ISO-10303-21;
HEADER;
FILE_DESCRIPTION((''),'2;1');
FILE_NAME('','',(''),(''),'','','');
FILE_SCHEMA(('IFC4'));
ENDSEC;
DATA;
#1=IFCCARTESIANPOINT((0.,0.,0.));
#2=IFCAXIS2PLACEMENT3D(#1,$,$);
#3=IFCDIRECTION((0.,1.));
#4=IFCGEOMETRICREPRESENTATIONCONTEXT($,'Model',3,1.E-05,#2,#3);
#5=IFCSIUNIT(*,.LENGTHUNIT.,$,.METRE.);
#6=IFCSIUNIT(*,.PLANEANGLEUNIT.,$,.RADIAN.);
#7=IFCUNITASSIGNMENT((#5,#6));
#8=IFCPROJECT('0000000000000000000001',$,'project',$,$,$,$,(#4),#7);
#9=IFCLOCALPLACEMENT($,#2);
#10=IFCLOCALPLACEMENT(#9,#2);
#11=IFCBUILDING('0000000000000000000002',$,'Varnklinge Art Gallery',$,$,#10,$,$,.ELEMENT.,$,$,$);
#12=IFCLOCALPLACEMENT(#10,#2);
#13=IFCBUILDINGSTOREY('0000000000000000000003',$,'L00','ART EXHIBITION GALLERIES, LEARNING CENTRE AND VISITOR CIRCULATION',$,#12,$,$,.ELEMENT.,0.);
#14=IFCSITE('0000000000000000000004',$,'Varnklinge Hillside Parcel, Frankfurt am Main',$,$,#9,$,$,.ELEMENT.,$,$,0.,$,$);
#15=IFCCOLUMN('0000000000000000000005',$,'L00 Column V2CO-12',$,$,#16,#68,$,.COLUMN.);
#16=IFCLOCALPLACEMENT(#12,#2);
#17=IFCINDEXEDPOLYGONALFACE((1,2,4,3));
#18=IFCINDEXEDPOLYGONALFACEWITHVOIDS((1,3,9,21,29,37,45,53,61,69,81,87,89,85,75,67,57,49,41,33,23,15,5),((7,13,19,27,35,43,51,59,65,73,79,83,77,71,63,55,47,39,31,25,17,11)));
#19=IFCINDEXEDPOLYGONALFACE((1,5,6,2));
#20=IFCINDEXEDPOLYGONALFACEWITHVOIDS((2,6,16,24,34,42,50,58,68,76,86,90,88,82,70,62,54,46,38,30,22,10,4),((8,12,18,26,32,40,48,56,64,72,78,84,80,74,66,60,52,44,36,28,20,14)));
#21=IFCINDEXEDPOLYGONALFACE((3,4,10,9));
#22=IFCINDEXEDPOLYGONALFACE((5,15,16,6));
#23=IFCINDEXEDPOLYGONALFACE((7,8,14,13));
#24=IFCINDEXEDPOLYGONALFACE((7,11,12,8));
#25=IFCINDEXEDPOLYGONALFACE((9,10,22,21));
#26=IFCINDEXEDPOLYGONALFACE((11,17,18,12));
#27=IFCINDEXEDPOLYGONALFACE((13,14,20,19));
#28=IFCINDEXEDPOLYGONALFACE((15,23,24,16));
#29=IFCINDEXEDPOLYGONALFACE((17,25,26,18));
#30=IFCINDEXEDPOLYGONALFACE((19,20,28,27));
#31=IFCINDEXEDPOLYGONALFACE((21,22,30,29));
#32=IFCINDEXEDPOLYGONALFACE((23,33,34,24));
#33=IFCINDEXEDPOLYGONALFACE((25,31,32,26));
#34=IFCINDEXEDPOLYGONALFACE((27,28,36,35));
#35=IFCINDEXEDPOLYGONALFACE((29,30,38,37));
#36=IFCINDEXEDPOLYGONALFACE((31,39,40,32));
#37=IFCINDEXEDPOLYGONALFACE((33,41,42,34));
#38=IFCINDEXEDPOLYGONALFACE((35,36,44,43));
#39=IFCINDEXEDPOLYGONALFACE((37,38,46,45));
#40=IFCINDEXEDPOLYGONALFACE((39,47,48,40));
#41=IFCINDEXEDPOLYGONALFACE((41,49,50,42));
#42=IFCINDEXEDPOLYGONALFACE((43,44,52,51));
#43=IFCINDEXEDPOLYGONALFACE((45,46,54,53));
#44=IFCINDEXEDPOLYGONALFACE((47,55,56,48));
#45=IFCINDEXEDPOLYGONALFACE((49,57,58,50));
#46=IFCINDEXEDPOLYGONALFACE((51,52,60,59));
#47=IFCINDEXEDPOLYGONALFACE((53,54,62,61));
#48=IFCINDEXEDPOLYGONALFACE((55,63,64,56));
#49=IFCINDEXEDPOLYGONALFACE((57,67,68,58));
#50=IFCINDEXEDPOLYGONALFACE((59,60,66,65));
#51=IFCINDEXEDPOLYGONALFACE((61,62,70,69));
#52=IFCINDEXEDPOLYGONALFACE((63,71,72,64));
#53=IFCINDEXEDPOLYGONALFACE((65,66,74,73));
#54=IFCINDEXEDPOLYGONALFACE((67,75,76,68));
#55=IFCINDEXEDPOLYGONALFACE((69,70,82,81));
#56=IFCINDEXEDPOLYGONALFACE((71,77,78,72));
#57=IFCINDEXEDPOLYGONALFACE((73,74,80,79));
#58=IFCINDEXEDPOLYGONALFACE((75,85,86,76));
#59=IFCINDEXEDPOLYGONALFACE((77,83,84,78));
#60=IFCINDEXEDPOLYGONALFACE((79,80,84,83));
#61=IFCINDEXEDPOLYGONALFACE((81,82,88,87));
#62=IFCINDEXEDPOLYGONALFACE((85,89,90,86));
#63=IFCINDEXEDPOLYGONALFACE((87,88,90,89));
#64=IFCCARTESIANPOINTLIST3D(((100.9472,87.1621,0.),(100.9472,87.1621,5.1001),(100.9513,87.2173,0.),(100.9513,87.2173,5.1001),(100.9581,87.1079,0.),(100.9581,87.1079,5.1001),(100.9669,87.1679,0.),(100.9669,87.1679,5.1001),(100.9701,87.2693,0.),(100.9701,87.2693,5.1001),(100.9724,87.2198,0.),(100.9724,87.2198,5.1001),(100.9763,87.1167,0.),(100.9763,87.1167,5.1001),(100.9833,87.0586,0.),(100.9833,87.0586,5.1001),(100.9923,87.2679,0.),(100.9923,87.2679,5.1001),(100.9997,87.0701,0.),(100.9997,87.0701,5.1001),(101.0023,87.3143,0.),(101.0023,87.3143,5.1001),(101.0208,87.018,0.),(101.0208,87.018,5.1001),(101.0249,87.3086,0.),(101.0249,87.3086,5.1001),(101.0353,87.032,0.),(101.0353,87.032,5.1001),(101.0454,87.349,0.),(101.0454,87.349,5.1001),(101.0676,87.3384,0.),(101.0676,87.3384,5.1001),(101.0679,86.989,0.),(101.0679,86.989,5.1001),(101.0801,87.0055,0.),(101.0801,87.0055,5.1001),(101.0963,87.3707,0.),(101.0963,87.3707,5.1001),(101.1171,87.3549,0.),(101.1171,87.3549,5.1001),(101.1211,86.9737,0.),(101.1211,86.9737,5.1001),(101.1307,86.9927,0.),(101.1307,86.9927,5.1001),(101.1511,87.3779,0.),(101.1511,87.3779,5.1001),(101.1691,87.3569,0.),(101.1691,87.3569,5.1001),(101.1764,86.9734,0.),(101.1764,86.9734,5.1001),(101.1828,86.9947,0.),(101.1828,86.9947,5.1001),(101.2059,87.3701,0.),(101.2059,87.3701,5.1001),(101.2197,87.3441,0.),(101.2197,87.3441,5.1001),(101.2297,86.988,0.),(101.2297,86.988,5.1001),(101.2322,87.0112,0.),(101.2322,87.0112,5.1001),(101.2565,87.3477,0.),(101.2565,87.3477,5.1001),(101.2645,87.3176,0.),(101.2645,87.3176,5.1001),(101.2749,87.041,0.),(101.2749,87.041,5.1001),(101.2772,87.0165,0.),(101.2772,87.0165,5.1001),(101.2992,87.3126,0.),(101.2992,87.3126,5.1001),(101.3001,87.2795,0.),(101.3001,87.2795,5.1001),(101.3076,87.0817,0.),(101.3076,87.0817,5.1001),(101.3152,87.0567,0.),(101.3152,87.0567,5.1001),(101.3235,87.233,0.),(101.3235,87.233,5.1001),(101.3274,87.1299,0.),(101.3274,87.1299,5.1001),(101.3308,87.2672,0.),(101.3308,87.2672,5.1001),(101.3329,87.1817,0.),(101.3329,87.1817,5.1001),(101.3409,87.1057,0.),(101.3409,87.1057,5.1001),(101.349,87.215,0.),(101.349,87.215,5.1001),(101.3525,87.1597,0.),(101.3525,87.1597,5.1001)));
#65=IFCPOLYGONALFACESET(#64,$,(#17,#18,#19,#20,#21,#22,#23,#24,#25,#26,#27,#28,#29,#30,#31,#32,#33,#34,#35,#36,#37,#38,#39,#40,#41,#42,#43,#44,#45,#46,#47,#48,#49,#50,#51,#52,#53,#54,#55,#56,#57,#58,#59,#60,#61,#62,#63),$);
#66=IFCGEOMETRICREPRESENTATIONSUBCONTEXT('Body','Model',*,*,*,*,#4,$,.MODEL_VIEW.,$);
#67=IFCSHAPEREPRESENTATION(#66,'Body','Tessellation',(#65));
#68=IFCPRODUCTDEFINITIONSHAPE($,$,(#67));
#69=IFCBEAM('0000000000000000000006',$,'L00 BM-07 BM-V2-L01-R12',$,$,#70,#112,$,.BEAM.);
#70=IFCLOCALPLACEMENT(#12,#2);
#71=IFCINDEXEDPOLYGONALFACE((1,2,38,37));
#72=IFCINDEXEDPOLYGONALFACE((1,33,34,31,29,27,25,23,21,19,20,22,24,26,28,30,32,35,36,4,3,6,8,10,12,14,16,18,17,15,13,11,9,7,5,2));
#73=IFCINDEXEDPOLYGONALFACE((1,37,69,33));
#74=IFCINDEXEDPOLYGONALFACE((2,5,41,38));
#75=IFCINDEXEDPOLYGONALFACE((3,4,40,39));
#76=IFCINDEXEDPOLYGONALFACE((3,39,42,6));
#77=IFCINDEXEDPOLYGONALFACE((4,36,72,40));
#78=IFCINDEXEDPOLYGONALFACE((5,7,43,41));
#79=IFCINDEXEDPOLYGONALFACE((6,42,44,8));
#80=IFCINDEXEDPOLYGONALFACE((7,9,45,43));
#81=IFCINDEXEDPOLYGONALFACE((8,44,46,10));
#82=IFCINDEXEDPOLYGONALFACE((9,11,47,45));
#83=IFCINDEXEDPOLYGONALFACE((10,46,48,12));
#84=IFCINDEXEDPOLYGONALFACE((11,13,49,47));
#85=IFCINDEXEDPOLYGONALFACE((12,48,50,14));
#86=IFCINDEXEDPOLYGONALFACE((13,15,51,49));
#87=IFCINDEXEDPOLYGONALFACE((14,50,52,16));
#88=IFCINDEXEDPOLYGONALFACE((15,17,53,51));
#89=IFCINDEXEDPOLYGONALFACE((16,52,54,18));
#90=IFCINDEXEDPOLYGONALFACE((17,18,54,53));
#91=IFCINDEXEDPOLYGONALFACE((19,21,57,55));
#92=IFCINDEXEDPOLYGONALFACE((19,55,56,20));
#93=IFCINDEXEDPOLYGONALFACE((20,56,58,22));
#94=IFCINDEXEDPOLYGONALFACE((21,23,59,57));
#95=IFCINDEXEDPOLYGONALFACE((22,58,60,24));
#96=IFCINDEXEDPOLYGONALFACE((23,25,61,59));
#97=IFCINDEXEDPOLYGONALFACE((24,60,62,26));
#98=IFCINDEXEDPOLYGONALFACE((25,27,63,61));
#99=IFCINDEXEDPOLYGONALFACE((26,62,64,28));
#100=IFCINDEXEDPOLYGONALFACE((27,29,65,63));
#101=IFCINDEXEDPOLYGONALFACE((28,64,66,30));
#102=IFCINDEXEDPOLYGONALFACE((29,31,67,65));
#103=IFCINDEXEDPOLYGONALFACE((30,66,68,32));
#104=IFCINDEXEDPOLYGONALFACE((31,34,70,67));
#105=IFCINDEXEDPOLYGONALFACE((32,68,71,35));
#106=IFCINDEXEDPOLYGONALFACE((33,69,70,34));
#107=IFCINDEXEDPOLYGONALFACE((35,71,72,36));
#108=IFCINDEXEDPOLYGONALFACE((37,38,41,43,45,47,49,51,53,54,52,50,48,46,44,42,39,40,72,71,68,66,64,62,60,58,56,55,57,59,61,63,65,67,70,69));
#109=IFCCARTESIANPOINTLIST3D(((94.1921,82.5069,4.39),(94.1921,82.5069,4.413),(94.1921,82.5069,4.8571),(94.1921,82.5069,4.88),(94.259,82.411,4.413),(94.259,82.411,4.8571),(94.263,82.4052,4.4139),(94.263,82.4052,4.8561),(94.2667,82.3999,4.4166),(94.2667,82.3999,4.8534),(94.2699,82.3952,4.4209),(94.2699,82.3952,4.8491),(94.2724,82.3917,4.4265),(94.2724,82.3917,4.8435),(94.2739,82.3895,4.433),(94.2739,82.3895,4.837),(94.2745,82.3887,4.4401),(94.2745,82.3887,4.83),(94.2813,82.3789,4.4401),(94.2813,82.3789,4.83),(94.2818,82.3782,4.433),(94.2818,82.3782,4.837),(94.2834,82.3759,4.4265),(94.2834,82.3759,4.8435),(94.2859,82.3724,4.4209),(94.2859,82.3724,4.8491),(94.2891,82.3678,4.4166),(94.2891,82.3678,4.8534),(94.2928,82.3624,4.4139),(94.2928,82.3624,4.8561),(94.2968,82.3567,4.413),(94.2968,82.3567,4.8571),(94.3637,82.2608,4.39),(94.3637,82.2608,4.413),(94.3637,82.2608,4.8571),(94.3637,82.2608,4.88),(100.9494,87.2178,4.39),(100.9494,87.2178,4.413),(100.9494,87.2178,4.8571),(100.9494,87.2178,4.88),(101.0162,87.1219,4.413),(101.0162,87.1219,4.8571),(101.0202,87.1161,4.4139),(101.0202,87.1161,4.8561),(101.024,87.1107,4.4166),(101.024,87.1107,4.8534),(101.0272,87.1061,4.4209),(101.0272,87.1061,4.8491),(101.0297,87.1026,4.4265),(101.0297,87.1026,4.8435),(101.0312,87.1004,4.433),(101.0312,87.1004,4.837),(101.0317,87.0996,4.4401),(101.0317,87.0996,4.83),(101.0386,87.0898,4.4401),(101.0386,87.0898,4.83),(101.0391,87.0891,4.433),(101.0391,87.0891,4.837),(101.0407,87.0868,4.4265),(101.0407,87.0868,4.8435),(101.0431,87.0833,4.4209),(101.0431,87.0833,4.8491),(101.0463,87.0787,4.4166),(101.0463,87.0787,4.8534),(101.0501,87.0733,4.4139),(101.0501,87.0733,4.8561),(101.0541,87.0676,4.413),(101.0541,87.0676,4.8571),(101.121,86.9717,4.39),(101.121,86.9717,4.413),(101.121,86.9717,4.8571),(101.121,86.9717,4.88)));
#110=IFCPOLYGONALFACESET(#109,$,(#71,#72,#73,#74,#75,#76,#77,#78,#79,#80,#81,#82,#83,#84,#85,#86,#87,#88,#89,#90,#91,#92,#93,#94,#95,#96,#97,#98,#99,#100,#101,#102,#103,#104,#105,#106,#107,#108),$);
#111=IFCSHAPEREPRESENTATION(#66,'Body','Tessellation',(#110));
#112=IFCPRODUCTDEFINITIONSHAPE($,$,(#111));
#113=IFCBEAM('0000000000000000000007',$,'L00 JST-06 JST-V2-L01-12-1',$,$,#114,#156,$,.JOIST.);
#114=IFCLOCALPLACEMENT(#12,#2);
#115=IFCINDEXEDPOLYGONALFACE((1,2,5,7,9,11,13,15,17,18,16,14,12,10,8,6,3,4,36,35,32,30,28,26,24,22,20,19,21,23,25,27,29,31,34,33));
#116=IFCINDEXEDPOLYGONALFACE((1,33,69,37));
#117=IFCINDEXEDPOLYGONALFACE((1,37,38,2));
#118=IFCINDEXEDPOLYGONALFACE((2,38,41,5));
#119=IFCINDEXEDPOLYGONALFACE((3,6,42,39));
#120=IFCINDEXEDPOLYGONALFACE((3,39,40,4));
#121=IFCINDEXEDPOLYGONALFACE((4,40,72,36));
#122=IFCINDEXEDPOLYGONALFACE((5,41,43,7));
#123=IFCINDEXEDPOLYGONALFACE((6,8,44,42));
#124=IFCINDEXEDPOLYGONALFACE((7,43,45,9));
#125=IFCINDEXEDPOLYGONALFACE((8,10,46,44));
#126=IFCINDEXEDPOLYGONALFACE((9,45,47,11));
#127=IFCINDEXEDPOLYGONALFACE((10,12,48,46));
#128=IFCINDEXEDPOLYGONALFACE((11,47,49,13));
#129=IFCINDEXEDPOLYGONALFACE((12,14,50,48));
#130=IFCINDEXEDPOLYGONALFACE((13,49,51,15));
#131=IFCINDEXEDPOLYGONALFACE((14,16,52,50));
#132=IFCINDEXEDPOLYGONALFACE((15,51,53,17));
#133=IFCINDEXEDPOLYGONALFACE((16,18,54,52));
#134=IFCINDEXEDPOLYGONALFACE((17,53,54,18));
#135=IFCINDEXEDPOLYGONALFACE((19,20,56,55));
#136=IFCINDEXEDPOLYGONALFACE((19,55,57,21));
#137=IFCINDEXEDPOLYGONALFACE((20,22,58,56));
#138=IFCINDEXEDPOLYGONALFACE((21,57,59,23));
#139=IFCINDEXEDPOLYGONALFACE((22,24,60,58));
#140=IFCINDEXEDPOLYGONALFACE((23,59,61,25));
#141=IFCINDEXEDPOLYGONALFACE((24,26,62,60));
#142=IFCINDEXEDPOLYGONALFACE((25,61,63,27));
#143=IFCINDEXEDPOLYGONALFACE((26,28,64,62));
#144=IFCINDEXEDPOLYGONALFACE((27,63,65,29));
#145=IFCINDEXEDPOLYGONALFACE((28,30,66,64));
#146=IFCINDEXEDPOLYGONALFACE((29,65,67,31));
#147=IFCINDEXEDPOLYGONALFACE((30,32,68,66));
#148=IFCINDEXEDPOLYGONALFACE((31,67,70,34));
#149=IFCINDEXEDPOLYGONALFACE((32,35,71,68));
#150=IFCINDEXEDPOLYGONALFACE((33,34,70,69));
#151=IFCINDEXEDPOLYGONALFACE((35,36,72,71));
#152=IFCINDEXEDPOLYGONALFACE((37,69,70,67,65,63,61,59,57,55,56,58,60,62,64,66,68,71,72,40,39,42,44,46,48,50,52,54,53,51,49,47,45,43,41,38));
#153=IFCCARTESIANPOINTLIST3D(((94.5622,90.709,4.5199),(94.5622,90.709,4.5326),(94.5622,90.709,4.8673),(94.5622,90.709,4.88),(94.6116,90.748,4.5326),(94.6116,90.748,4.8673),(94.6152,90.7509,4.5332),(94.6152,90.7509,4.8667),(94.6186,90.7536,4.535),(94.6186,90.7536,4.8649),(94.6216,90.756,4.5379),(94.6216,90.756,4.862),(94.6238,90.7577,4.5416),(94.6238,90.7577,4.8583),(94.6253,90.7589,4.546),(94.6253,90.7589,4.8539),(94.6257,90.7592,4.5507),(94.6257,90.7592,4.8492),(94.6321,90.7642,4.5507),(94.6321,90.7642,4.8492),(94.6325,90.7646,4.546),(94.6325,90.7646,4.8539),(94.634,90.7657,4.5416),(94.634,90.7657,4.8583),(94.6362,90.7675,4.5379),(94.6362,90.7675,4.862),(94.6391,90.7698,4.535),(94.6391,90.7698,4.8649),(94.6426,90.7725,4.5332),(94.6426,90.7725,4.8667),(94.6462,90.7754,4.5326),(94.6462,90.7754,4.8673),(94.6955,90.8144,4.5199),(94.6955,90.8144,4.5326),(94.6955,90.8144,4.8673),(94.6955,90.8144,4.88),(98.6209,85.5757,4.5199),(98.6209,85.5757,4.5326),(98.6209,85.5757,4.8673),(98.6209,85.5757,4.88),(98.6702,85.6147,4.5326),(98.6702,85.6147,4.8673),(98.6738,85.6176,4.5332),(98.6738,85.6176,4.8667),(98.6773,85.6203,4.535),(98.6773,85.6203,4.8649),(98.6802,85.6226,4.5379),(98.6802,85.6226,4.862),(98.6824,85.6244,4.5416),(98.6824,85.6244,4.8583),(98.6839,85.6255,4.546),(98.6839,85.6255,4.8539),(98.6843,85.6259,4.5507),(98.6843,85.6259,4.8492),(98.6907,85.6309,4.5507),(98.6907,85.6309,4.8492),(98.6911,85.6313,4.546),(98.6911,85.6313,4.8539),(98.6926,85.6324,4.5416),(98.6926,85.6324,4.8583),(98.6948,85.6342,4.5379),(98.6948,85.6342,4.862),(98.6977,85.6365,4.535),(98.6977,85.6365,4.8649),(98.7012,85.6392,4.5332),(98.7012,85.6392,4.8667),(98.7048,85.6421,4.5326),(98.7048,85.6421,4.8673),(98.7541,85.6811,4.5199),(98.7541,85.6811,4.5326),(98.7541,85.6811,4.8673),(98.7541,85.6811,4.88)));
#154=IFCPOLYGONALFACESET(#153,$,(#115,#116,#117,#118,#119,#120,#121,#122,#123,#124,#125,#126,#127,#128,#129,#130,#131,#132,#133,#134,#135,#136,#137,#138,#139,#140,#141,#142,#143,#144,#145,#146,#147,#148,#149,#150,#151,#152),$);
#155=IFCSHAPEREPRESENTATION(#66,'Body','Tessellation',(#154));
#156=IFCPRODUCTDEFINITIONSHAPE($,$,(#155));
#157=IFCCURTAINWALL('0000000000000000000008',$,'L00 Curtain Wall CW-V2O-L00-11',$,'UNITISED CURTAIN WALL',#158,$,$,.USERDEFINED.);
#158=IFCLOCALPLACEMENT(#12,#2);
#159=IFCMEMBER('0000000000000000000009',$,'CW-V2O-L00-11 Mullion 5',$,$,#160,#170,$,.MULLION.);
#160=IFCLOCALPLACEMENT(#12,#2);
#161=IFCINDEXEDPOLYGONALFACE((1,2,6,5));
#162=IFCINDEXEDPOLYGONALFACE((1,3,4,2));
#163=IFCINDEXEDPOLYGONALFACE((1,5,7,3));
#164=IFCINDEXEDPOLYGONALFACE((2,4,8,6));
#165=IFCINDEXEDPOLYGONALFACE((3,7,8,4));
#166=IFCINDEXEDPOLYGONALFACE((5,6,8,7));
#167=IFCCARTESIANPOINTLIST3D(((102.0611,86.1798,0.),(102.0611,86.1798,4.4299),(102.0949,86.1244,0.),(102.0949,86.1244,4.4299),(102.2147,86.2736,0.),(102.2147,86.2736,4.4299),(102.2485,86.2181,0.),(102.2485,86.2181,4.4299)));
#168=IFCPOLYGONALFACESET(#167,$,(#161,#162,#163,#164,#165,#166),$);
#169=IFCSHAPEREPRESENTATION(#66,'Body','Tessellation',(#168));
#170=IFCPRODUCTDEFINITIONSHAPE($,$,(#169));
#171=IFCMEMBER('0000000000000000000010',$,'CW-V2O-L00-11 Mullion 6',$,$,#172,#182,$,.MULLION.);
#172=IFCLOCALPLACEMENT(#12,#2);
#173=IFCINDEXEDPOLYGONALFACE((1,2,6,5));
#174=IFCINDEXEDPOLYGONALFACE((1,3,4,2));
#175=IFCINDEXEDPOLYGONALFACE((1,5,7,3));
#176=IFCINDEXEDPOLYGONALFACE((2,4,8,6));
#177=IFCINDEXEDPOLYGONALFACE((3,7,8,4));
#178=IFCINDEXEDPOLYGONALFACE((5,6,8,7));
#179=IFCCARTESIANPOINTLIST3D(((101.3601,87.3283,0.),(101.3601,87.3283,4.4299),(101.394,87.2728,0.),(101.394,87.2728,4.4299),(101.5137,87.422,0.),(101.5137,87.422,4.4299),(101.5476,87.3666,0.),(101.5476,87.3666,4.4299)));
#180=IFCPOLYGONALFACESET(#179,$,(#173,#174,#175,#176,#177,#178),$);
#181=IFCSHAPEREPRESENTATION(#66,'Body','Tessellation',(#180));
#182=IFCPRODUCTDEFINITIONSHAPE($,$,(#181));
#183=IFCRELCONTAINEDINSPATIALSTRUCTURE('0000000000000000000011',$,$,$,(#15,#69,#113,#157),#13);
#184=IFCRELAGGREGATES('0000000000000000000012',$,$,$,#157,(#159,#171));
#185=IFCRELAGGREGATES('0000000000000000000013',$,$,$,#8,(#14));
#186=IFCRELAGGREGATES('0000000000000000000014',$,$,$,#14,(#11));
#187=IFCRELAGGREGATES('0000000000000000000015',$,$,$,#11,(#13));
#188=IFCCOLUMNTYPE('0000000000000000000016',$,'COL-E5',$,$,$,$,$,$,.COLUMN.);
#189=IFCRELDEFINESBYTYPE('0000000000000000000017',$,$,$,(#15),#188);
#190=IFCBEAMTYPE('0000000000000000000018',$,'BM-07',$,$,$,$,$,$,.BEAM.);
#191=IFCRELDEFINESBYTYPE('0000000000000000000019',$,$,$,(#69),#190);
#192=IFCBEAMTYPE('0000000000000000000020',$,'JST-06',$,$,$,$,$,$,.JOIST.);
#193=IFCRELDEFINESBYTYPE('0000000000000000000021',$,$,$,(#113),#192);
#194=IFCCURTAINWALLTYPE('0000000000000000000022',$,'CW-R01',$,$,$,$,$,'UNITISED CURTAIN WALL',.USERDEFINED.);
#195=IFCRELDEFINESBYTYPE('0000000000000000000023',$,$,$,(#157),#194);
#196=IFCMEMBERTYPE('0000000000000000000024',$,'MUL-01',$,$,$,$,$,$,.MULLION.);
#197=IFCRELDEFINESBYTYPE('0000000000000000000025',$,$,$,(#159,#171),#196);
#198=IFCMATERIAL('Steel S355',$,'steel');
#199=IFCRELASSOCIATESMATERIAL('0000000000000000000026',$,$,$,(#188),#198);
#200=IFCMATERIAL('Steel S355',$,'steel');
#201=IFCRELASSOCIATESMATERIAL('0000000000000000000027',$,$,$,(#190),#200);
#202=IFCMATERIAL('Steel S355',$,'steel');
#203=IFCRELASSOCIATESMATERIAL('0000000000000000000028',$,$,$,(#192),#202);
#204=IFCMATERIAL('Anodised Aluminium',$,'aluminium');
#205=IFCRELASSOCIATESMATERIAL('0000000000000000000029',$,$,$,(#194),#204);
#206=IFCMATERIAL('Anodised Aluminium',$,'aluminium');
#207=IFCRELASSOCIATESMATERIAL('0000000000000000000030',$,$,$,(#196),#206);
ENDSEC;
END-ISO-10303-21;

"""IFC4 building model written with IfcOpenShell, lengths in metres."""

from ifc_helpers import new_model, si_unit, direction, frame, origin, origin_2d, place, context, subcontext, project, spatial, rectangle, hollow_circle, i_section, extrude, material, material_profile, profile_set, type_object, element, aggregate, save


model = new_model("IFC4")

# Units and contexts
model_context = context("Model", 3, precision=1e-05, world=origin(), true_north=direction((0.0, 1.0)))
body_context = subcontext(model_context, "Body", "Model", "MODEL_VIEW")
ifc_project = project(units=[si_unit("LENGTHUNIT", "METRE"), si_unit("PLANEANGLEUNIT", "RADIAN")], contexts=[model_context])

# Site, building, storey
site_placement = place(None, origin())
site = spatial("IfcSite", under=ifc_project, at=site_placement, Name="Varnklinge Hillside Parcel, Frankfurt am Main", CompositionType="ELEMENT", RefElevation=0.0)
building_placement = place(site_placement, origin())
building = spatial("IfcBuilding", under=site, at=building_placement, Name="Varnklinge Art Gallery", CompositionType="ELEMENT")
storey_placement = place(building_placement, origin())
storey = spatial("IfcBuildingStorey", under=building, at=storey_placement, Name="L00", Description="ART EXHIBITION GALLERIES, LEARNING CENTRE AND VISITOR CIRCULATION", CompositionType="ELEMENT", Elevation=0.0)

# Column
ifc_material_1 = material(Name="Steel S355", Category="steel")
ifc_material_profile_1 = material_profile(ifc_material_1, hollow_circle(Radius=0.2031, WallThickness=0.02, at=origin_2d()), Name="CHS 406.4x20")
ifc_profile_set_1 = profile_set([ifc_material_profile_1], Name="Steel S355")
column_type = type_object("IfcColumnType", Name="COL-E5", PredefinedType="COLUMN", material=ifc_profile_set_1)
column_placement = place(storey_placement, frame((101.1499, 87.1748, 0.0), z_axis=(0.0, 0.0, 1.0), x_axis=(-0.820352, -0.57186, 0.0)))
element("IfcColumn", 1, at=column_placement, inside=storey, type_object=column_type, Name="L00 Column V2CO-12", PredefinedType="COLUMN", context=body_context, shape_type="SweptSolid", body=[
    extrude(hollow_circle(Radius=0.2031, WallThickness=0.02, at=origin_2d()), origin(), (0.0, 0.0, 1.0), 5.1001),
])

# Beams
ifc_material_2 = material(Name="Steel S355", Category="steel")
ifc_material_profile_2 = material_profile(ifc_material_2, i_section(OverallWidth=0.3, OverallDepth=0.49, WebThickness=0.012, FlangeThickness=0.0229, FilletRadius=0.0271, at=origin_2d()), Name="HEA 500")
ifc_profile_set_2 = profile_set([ifc_material_profile_2], Name="Steel S355")
beam_type_1 = type_object("IfcBeamType", Name="BM-07", PredefinedType="BEAM", material=ifc_profile_set_2)
beam_1_placement = place(storey_placement, frame((101.0352, 87.0947, 4.635), z_axis=(-0.820325, -0.571898, 0.0), x_axis=(0.571898, -0.820325, 0.0)))
element("IfcBeam", 2, at=beam_1_placement, inside=storey, type_object=beam_type_1, Name="L00 BM-07 BM-V2-L01-R12", PredefinedType="BEAM", context=body_context, shape_type="SweptSolid", body=[
    extrude(i_section(OverallWidth=0.3, OverallDepth=0.49, WebThickness=0.012, FlangeThickness=0.0229, FilletRadius=0.0271, at=origin_2d()), origin(), (0.0, 0.0, 1.0), 8.2373),
])
ifc_material_3 = material(Name="Steel S355", Category="steel")
ifc_material_profile_3 = material_profile(ifc_material_3, i_section(OverallWidth=0.1699, OverallDepth=0.3601, WebThickness=0.0081, FlangeThickness=0.0127, FilletRadius=0.0181, at=origin_2d()), Name="IPE 360")
ifc_profile_set_3 = profile_set([ifc_material_profile_3], Name="Steel S355")
beam_type_2 = type_object("IfcBeamType", Name="JST-06", PredefinedType="JOIST", material=ifc_profile_set_3)
beam_2_placement = place(storey_placement, frame((98.6875, 85.6284, 4.7), z_axis=(-0.620208, 0.784438, 0.0), x_axis=(-0.784438, -0.620208, 0.0)))
element("IfcBeam", 3, at=beam_2_placement, inside=storey, type_object=beam_type_2, Name="L00 JST-06 JST-V2-L01-12-1", PredefinedType="JOIST", context=body_context, shape_type="SweptSolid", body=[
    extrude(i_section(OverallWidth=0.1699, OverallDepth=0.3601, WebThickness=0.0081, FlangeThickness=0.0127, FilletRadius=0.0181, at=origin_2d()), origin(), (0.0, 0.0, 1.0), 6.5439),
])

# Curtain wall, members
ifc_material_4 = material(Name="Anodised Aluminium", Category="aluminium")
curtain_wall_type = type_object("IfcCurtainWallType", Name="CW-R01", ElementType="UNITISED CURTAIN WALL", PredefinedType="USERDEFINED", material=ifc_material_4)
curtain_wall_1_placement = place(storey_placement, origin())
curtain_wall_1 = element("IfcCurtainWall", 4, at=curtain_wall_1_placement, inside=storey, type_object=curtain_wall_type, Name="L00 Curtain Wall CW-V2O-L00-11", ObjectType="UNITISED CURTAIN WALL", PredefinedType="USERDEFINED")
ifc_material_5 = material(Name="Anodised Aluminium", Category="aluminium")
ifc_material_profile_4 = material_profile(ifc_material_5, rectangle(XDim=0.0649, YDim=0.1799, at=origin_2d()), Name="ALU 65x180")
ifc_profile_set_4 = profile_set([ifc_material_profile_4], Name="Anodised Aluminium")
member_type_1 = type_object("IfcMemberType", Name="MUL-01", PredefinedType="MULLION", material=ifc_profile_set_4)
member_1_placement = place(storey_placement, frame((102.1548, 86.199, 0.0), z_axis=(0.0, 0.0, 1.0), x_axis=(-0.520861, 0.853642, 0.0)))
member_1 = element("IfcMember", 5, at=member_1_placement, type_object=member_type_1, Name="CW-V2O-L00-11 Mullion 5", PredefinedType="MULLION", context=body_context, shape_type="SweptSolid", body=[
    extrude(rectangle(XDim=0.0649, YDim=0.1799, at=origin_2d()), origin(), (0.0, 0.0, 1.0), 4.4299),
])
member_2_placement = place(storey_placement, frame((101.4539, 87.3474, 0.0), z_axis=(0.0, 0.0, 1.0), x_axis=(-0.520861, 0.853642, 0.0)))
member_2 = element("IfcMember", 6, at=member_2_placement, type_object=member_type_1, Name="CW-V2O-L00-11 Mullion 6", PredefinedType="MULLION", context=body_context, shape_type="SweptSolid", body=[
    extrude(rectangle(XDim=0.0649, YDim=0.1799, at=origin_2d()), origin(), (0.0, 0.0, 1.0), 4.4299),
])

aggregate(curtain_wall_1, [member_1, member_2])

save(model, "model.ifc")
